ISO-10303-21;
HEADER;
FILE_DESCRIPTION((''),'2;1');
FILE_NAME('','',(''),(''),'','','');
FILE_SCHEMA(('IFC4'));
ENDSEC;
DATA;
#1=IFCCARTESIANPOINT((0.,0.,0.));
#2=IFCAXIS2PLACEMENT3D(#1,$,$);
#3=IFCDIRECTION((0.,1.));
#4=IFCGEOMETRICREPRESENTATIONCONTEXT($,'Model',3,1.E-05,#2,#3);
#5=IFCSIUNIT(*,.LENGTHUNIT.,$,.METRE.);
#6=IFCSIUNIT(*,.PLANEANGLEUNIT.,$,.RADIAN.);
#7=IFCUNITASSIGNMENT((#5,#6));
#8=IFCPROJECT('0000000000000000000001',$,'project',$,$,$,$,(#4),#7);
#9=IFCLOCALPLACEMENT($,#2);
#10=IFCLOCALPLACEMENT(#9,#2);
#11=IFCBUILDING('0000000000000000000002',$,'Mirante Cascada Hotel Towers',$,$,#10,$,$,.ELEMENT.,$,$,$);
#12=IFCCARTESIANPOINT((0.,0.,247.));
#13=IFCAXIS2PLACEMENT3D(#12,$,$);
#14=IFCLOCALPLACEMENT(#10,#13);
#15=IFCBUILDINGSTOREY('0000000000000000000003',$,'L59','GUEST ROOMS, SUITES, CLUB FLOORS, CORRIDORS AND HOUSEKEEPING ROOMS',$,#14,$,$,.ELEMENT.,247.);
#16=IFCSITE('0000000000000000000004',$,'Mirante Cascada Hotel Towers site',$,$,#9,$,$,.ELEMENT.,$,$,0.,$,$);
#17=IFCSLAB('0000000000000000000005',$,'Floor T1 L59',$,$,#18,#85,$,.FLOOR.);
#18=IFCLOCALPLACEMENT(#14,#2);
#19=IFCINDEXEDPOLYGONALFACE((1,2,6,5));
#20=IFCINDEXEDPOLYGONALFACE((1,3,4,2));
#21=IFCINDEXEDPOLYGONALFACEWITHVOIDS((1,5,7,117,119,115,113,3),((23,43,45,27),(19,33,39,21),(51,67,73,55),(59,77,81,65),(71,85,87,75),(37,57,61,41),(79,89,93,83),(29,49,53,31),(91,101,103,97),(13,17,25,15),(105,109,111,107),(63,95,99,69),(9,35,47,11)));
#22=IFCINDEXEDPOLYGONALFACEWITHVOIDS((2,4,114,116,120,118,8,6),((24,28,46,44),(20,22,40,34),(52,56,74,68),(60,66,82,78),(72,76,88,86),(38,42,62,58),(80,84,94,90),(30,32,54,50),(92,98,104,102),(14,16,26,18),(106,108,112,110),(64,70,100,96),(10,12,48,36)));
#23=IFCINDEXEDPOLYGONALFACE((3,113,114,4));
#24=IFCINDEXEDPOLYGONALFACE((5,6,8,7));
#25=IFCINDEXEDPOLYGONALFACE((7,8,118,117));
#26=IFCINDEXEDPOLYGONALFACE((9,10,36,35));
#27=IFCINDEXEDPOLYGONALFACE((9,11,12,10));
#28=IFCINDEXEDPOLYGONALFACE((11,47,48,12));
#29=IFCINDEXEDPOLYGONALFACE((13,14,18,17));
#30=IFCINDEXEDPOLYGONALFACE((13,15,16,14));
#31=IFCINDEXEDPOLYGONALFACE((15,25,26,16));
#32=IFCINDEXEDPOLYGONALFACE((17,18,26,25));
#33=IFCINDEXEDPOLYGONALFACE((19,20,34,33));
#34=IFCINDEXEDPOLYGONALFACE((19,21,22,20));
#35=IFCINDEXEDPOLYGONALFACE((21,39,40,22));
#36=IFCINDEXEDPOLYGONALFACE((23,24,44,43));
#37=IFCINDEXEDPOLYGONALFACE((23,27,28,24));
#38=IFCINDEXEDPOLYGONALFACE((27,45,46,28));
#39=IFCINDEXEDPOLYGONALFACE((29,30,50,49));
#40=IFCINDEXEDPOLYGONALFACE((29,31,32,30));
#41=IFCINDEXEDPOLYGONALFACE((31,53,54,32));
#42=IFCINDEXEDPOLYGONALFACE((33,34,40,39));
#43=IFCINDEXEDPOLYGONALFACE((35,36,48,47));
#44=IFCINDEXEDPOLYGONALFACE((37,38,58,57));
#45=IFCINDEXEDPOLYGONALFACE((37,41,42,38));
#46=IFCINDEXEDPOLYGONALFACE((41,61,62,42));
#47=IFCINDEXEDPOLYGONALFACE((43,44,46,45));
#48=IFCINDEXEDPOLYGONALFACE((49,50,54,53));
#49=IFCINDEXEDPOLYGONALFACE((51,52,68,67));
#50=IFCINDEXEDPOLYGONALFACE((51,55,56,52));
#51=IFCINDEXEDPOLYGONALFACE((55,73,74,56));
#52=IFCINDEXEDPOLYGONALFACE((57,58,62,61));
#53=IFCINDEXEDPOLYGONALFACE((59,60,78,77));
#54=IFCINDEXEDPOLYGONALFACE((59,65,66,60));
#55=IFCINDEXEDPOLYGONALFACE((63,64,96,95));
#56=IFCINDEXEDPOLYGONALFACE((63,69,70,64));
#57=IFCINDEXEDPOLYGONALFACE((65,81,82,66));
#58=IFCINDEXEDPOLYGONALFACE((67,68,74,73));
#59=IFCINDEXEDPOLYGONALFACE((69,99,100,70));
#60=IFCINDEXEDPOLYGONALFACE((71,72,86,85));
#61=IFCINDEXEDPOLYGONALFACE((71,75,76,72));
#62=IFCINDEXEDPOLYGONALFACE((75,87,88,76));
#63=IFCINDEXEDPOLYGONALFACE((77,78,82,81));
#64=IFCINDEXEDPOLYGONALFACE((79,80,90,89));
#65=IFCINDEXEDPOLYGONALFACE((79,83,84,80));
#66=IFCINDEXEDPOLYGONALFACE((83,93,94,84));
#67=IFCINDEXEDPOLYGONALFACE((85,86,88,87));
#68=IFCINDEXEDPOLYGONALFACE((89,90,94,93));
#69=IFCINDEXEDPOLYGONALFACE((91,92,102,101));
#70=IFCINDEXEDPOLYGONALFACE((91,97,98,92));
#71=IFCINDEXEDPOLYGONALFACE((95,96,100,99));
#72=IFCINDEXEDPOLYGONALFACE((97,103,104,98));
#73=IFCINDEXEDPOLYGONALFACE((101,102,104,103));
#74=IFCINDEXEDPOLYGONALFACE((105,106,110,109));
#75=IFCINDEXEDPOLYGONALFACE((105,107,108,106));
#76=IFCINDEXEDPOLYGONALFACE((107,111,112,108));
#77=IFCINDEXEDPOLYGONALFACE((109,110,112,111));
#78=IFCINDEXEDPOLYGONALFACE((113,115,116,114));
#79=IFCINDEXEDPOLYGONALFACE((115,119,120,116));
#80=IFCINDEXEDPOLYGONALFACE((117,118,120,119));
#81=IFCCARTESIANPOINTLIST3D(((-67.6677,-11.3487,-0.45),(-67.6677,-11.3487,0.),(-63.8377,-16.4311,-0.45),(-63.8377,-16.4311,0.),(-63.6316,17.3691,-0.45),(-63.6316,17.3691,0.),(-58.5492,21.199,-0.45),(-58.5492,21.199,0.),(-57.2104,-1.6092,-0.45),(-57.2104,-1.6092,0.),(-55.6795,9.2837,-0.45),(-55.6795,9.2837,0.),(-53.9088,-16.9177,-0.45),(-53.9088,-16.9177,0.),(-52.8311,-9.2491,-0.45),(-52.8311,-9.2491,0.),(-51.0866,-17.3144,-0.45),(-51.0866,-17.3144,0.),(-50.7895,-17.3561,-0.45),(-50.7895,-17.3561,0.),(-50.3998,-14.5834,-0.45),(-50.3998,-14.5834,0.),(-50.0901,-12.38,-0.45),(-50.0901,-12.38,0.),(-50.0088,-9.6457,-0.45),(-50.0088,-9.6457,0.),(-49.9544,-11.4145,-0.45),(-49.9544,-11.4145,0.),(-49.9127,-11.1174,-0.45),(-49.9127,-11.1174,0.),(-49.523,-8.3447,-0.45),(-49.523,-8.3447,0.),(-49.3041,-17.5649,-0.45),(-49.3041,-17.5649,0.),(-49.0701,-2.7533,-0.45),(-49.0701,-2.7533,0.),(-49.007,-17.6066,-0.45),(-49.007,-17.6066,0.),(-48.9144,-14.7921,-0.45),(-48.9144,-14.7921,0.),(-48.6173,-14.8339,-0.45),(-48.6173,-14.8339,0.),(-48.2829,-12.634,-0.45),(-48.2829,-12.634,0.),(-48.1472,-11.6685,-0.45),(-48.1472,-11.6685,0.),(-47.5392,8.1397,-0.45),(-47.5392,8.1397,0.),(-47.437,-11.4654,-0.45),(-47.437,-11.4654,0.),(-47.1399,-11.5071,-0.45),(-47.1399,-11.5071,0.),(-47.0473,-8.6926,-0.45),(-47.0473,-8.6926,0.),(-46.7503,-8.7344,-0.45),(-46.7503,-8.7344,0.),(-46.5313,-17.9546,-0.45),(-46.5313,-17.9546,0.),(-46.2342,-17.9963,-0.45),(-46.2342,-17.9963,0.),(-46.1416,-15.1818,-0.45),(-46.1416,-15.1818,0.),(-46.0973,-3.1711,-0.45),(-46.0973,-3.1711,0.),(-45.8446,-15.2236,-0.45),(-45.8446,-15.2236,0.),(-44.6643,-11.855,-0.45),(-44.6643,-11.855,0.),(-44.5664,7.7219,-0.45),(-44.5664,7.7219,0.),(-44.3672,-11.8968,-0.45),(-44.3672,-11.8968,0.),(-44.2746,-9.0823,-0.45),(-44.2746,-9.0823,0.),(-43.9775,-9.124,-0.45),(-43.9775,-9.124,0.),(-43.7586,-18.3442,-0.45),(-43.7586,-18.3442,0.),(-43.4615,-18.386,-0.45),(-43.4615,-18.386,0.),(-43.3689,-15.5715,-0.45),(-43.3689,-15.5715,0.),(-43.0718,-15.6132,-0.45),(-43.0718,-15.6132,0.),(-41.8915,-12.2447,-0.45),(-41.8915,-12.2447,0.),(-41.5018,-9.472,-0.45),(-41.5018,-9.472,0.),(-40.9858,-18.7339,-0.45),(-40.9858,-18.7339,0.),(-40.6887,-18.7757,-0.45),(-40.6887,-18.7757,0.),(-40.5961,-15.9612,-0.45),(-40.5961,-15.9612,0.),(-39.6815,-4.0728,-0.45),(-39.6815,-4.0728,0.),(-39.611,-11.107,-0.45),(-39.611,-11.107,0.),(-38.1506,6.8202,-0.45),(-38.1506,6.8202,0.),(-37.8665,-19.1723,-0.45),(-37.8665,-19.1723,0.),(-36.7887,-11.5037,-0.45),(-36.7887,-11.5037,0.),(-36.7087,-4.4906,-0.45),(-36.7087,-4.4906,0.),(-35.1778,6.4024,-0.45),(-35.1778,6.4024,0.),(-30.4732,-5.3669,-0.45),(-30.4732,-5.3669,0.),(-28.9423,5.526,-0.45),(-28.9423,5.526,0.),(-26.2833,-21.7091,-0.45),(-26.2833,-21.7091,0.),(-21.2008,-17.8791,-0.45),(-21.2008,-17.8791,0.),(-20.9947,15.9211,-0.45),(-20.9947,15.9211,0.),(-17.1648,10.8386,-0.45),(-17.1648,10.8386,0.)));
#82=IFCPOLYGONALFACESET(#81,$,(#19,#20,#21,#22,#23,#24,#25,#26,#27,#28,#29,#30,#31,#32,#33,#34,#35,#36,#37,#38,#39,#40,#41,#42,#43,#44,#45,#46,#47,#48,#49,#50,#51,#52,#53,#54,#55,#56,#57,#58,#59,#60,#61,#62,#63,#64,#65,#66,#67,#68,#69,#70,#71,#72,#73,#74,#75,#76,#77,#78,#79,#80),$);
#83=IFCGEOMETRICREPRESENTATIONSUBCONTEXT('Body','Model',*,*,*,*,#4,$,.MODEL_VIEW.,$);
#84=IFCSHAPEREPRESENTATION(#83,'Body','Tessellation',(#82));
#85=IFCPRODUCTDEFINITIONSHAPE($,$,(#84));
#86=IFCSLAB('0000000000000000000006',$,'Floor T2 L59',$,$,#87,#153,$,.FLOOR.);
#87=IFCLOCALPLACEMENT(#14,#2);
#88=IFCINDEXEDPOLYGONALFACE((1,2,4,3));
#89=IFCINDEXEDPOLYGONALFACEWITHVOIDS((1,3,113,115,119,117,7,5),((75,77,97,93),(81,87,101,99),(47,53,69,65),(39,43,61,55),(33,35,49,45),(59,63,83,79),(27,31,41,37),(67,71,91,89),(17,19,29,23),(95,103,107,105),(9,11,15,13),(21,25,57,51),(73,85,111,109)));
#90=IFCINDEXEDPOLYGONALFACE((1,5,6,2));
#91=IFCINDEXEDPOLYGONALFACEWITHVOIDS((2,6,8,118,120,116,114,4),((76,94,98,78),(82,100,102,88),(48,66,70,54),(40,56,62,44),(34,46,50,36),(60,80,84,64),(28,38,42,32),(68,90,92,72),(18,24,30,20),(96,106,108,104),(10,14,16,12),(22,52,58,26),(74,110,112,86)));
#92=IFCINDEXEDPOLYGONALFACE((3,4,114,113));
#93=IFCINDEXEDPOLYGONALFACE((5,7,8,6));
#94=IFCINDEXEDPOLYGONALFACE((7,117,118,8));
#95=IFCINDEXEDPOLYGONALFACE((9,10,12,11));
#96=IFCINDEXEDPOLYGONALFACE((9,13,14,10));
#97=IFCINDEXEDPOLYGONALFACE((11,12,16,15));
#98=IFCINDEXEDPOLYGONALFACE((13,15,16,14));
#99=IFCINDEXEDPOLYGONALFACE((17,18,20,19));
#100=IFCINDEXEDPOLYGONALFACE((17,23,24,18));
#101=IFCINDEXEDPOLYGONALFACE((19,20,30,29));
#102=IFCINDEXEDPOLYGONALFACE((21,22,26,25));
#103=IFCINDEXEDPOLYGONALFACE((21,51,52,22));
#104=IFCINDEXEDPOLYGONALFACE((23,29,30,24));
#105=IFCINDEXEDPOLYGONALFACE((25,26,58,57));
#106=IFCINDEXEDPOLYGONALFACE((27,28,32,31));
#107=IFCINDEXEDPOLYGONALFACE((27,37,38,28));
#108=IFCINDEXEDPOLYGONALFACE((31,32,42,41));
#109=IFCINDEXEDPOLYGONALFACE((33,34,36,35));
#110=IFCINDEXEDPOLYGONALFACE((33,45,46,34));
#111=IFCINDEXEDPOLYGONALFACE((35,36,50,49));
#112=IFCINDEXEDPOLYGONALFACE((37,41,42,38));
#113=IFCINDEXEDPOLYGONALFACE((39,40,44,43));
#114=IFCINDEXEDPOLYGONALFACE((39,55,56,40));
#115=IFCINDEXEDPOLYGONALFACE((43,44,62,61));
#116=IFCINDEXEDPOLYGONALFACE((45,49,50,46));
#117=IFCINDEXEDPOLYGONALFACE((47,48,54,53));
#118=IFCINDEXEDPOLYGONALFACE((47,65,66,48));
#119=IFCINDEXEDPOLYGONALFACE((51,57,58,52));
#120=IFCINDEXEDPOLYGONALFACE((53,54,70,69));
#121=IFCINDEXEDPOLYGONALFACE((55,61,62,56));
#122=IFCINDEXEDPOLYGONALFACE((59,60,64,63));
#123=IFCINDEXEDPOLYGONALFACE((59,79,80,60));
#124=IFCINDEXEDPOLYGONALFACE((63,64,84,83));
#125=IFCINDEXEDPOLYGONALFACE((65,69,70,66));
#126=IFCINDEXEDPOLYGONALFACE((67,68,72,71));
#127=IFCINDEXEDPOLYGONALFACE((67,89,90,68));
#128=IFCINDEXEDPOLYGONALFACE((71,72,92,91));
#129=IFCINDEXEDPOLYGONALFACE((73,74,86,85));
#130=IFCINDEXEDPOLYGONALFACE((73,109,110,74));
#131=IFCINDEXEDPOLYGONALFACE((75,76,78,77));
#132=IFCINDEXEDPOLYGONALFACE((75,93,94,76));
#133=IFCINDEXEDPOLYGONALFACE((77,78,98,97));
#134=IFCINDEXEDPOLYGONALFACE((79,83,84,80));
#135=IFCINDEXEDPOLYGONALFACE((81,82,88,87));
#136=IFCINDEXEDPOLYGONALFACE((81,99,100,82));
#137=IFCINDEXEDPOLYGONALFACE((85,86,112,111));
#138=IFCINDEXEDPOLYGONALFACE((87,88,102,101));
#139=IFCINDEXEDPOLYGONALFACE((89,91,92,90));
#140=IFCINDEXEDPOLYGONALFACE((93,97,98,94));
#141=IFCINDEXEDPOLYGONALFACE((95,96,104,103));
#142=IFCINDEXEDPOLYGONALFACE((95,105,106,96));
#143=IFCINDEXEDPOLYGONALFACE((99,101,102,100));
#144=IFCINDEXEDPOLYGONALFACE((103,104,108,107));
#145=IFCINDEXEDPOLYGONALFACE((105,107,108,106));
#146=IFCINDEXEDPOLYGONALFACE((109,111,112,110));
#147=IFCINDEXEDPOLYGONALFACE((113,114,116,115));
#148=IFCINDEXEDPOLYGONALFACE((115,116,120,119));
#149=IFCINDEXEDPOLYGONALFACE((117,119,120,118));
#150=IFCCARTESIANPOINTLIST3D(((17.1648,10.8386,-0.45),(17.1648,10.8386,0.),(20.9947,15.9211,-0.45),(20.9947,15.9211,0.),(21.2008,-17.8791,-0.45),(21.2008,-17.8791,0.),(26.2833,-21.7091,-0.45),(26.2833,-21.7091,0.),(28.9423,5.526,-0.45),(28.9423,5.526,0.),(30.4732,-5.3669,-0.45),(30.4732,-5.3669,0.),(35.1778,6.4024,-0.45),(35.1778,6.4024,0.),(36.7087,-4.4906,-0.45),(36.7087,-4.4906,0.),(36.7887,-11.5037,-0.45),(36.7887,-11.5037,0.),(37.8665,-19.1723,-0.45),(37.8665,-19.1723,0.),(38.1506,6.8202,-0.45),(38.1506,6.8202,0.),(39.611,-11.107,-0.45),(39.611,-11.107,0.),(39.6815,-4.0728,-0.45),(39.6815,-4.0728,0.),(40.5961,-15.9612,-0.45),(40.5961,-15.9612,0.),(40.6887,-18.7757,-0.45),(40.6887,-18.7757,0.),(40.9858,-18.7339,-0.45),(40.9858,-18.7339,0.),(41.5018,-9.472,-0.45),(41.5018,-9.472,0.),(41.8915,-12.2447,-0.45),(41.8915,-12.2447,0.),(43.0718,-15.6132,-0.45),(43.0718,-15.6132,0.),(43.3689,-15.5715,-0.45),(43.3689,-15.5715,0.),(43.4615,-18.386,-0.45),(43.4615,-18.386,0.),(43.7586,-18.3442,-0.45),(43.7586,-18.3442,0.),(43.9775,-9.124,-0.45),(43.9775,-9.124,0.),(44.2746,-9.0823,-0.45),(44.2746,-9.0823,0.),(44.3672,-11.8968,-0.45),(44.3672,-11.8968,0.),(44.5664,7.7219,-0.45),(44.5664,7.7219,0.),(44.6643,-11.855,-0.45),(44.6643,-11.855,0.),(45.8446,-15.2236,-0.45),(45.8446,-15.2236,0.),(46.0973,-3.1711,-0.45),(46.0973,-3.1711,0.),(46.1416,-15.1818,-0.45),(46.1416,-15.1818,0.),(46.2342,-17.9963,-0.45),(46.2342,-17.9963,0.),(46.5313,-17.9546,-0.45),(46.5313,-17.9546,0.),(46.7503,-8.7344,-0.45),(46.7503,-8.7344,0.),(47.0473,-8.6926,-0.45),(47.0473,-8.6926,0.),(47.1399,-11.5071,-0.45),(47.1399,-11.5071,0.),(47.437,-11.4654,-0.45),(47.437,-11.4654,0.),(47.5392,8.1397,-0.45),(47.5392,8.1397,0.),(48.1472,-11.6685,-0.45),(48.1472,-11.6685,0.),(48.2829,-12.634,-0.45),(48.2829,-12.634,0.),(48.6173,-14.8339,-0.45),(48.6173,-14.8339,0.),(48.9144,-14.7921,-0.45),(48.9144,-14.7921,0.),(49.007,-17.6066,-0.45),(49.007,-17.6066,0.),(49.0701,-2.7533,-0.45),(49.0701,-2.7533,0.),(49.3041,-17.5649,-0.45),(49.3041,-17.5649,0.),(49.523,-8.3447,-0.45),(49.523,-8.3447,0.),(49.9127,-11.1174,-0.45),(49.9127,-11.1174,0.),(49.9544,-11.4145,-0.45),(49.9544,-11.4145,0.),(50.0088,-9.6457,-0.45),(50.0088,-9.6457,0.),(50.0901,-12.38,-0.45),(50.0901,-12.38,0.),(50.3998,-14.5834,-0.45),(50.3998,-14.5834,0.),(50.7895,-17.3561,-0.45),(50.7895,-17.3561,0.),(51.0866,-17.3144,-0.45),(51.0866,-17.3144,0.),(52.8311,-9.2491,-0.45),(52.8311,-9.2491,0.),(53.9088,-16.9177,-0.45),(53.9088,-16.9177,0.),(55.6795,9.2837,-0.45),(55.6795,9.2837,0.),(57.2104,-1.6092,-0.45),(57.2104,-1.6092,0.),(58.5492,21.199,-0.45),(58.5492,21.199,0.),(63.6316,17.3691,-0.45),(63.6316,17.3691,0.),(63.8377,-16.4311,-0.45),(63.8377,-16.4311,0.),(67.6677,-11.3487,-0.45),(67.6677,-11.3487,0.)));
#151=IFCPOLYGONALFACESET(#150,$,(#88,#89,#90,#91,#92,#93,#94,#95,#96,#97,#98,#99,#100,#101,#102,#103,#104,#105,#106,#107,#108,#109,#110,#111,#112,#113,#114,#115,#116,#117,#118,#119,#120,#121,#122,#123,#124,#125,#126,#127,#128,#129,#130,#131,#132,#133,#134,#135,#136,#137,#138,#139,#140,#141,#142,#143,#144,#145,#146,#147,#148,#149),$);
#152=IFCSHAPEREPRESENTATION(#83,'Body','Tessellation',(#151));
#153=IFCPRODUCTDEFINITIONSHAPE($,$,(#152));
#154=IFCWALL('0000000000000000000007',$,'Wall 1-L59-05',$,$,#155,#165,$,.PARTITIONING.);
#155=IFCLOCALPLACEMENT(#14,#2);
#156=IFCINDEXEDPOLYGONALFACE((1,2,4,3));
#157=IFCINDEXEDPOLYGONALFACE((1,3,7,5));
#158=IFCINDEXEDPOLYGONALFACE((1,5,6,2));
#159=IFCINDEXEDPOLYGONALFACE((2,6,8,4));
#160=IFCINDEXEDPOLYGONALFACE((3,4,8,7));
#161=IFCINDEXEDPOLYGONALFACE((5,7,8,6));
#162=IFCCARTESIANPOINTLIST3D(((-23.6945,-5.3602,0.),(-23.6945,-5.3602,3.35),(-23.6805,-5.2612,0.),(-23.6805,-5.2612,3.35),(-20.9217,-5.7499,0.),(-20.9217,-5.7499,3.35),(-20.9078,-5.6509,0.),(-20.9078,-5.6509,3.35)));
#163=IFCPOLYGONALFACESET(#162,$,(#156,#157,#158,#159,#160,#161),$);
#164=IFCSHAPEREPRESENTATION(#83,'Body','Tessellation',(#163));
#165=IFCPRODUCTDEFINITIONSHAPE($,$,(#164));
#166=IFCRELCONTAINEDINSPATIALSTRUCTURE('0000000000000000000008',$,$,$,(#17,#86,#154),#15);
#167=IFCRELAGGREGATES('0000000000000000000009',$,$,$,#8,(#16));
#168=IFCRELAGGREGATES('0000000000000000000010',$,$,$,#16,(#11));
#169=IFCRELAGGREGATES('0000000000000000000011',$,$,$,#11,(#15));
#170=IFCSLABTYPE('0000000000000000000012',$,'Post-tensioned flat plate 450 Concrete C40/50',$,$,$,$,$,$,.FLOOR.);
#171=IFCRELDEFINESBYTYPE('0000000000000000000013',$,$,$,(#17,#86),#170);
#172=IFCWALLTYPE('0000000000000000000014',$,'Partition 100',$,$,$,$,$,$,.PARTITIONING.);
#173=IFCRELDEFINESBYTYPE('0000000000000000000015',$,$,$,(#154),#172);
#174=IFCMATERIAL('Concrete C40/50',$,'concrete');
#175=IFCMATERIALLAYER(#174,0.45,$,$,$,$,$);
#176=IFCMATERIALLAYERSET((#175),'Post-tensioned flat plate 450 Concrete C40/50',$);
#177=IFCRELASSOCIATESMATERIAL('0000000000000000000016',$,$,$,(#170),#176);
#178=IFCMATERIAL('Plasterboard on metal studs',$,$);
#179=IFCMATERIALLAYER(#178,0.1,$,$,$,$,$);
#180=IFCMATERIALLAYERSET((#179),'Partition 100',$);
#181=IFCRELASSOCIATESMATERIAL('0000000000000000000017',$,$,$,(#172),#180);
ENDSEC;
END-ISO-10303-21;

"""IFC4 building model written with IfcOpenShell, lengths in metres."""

from ifc_helpers import new_model, si_unit, direction, frame, frame_2d, origin, place, context, subcontext, project, spatial, polyline, rectangle, outline, extrude, material, layer, layer_set, type_object, element, save


model = new_model("IFC4")

# Units and contexts
model_context = context("Model", 3, precision=1e-05, world=origin(), true_north=direction((0.0, 1.0)))
body_context = subcontext(model_context, "Body", "Model", "MODEL_VIEW")
ifc_project = project(units=[si_unit("LENGTHUNIT", "METRE"), si_unit("PLANEANGLEUNIT", "RADIAN")], contexts=[model_context])

# Site, building, storey
site_placement = place(None, origin())
site = spatial("IfcSite", under=ifc_project, at=site_placement, Name="Mirante Cascada Hotel Towers site", CompositionType="ELEMENT", RefElevation=0.0)
building_placement = place(site_placement, origin())
building = spatial("IfcBuilding", under=site, at=building_placement, Name="Mirante Cascada Hotel Towers", CompositionType="ELEMENT")
storey_placement = place(building_placement, frame((0.0, 0.0, 247.0)))
storey = spatial("IfcBuildingStorey", under=building, at=storey_placement, Name="L59", Description="GUEST ROOMS, SUITES, CLUB FLOORS, CORRIDORS AND HOUSEKEEPING ROOMS", CompositionType="ELEMENT", Elevation=247.0)

# Slabs
ifc_material_1 = material(Name="Concrete C40/50", Category="concrete")
ifc_layer_1 = layer(ifc_material_1, 0.45)
ifc_layer_set_1 = layer_set([ifc_layer_1], Name="Post-tensioned flat plate 450 Concrete C40/50")
slab_type = type_object("IfcSlabType", Name="Post-tensioned flat plate 450 Concrete C40/50", PredefinedType="FLOOR", material=ifc_layer_set_1)
slab_1_placement = place(storey_placement, frame((0.0, 0.0, -0.45)))
element("IfcSlab", 1, at=slab_1_placement, inside=storey, type_object=slab_type, Name="Floor T1 L59", PredefinedType="FLOOR", context=body_context, shape_type="SweptSolid", body=[
    extrude(outline(polyline([(-21.2008, -17.8791), (-17.1648, 10.8386), (-20.9947, 15.9211), (-58.5492, 21.199), (-63.6316, 17.3691), (-67.6677, -11.3487), (-63.8377, -16.4311), (-26.2833, -21.7091), (-21.2008, -17.8791)]), holes=[polyline([(-40.5961, -15.9612), (-40.9858, -18.7339), (-43.4615, -18.386), (-43.0718, -15.6132), (-40.5961, -15.9612)]), polyline([(-43.3689, -15.5715), (-43.7586, -18.3442), (-46.2342, -17.9963), (-45.8446, -15.2236), (-43.3689, -15.5715)]), polyline([(-37.8665, -19.1723), (-40.6887, -18.7757), (-39.611, -11.107), (-36.7887, -11.5037), (-37.8665, -19.1723)]), polyline([(-43.9775, -9.124), (-41.5018, -9.472), (-41.8915, -12.2447), (-44.3672, -11.8968), (-43.9775, -9.124)]), polyline([(-46.7503, -8.7344), (-44.2746, -9.0823), (-44.6643, -11.855), (-47.1399, -11.5071), (-46.7503, -8.7344)]), polyline([(-30.4732, -5.3669), (-36.7087, -4.4906), (-35.1778, 6.4024), (-28.9423, 5.526), (-30.4732, -5.3669)]), polyline([(-46.0973, -3.1711), (-44.5664, 7.7219), (-38.1506, 6.8202), (-39.6815, -4.0728), (-46.0973, -3.1711)]), polyline([(-57.2104, -1.6092), (-55.6795, 9.2837), (-47.5392, 8.1397), (-49.0701, -2.7533), (-49.0701, -2.7533), (-57.2104, -1.6092)]), polyline([(-48.6173, -14.8339), (-46.1416, -15.1818), (-46.5313, -17.9546), (-49.007, -17.6066), (-48.6173, -14.8339)]), polyline([(-50.3998, -14.5834), (-48.9144, -14.7921), (-49.3041, -17.5649), (-50.7895, -17.3561), (-50.3998, -14.5834)]), polyline([(-51.0866, -17.3144), (-53.9088, -16.9177), (-52.8311, -9.2491), (-50.0088, -9.6457), (-51.0866, -17.3144)]), polyline([(-49.9544, -11.4145), (-48.1472, -11.6685), (-48.2829, -12.634), (-50.0901, -12.38), (-49.9544, -11.4145)]), polyline([(-49.523, -8.3447), (-47.0473, -8.6926), (-47.437, -11.4654), (-49.9127, -11.1174), (-49.523, -8.3447)])]), origin(), (0.0, 0.0, 1.0), 0.45),
])
slab_2_placement = place(storey_placement, frame((0.0, 0.0, -0.45)))
element("IfcSlab", 2, at=slab_2_placement, inside=storey, type_object=slab_type, Name="Floor T2 L59", PredefinedType="FLOOR", context=body_context, shape_type="SweptSolid", body=[
    extrude(outline(polyline([(21.2008, -17.8791), (17.1648, 10.8386), (20.9947, 15.9211), (58.5492, 21.199), (63.6316, 17.3691), (67.6677, -11.3487), (63.8377, -16.4311), (26.2833, -21.7091), (21.2008, -17.8791)]), holes=[polyline([(40.5961, -15.9612), (40.9858, -18.7339), (43.4615, -18.386), (43.0718, -15.6132), (40.5961, -15.9612)]), polyline([(43.3689, -15.5715), (43.7586, -18.3442), (46.2342, -17.9963), (45.8446, -15.2236), (43.3689, -15.5715)]), polyline([(40.6887, -18.7757), (39.611, -11.107), (36.7887, -11.5037), (37.8665, -19.1723), (40.6887, -18.7757)]), polyline([(43.9775, -9.124), (41.5018, -9.472), (41.8915, -12.2447), (44.3672, -11.8968), (43.9775, -9.124)]), polyline([(46.7503, -8.7344), (44.2746, -9.0823), (44.6643, -11.855), (47.1399, -11.5071), (46.7503, -8.7344)]), polyline([(30.4732, -5.3669), (28.9423, 5.526), (35.1778, 6.4024), (36.7087, -4.4906), (30.4732, -5.3669)]), polyline([(39.6815, -4.0728), (38.1506, 6.8202), (44.5664, 7.7219), (46.0973, -3.1711), (39.6815, -4.0728)]), polyline([(55.6795, 9.2837), (57.2104, -1.6092), (49.0701, -2.7533), (49.0701, -2.7533), (47.5392, 8.1397), (55.6795, 9.2837)]), polyline([(48.6173, -14.8339), (46.1416, -15.1818), (46.5313, -17.9546), (49.007, -17.6066), (48.6173, -14.8339)]), polyline([(50.3998, -14.5834), (48.9144, -14.7921), (49.3041, -17.5649), (50.7895, -17.3561), (50.3998, -14.5834)]), polyline([(53.9088, -16.9177), (52.8311, -9.2491), (50.0088, -9.6457), (51.0866, -17.3144), (53.9088, -16.9177)]), polyline([(49.9544, -11.4145), (48.1472, -11.6685), (48.2829, -12.634), (50.0901, -12.38), (49.9544, -11.4145)]), polyline([(49.523, -8.3447), (47.0473, -8.6926), (47.437, -11.4654), (49.9127, -11.1174), (49.523, -8.3447)])]), origin(), (0.0, 0.0, 1.0), 0.45),
])

# Wall
ifc_material_2 = material(Name="Plasterboard on metal studs")
ifc_layer_2 = layer(ifc_material_2, 0.1)
ifc_layer_set_2 = layer_set([ifc_layer_2], Name="Partition 100")
wall_type_1 = type_object("IfcWallType", Name="Partition 100", PredefinedType="PARTITIONING", material=ifc_layer_set_2)
wall_1_placement = place(storey_placement, frame((-23.6875, -5.3107, 0.0), z_axis=(0.0, 0.0, 1.0), x_axis=(0.990267, -0.139181, 0.0)))
element("IfcWall", 3, at=wall_1_placement, inside=storey, type_object=wall_type_1, Name="Wall 1-L59-05", PredefinedType="PARTITIONING", context=body_context, shape_type="SweptSolid", body=[
    extrude(rectangle(XDim=2.8, YDim=0.1, at=frame_2d((1.4, 0.0))), origin(), (0.0, 0.0, 1.0), 3.35),
])

save(model, "model.ifc")
